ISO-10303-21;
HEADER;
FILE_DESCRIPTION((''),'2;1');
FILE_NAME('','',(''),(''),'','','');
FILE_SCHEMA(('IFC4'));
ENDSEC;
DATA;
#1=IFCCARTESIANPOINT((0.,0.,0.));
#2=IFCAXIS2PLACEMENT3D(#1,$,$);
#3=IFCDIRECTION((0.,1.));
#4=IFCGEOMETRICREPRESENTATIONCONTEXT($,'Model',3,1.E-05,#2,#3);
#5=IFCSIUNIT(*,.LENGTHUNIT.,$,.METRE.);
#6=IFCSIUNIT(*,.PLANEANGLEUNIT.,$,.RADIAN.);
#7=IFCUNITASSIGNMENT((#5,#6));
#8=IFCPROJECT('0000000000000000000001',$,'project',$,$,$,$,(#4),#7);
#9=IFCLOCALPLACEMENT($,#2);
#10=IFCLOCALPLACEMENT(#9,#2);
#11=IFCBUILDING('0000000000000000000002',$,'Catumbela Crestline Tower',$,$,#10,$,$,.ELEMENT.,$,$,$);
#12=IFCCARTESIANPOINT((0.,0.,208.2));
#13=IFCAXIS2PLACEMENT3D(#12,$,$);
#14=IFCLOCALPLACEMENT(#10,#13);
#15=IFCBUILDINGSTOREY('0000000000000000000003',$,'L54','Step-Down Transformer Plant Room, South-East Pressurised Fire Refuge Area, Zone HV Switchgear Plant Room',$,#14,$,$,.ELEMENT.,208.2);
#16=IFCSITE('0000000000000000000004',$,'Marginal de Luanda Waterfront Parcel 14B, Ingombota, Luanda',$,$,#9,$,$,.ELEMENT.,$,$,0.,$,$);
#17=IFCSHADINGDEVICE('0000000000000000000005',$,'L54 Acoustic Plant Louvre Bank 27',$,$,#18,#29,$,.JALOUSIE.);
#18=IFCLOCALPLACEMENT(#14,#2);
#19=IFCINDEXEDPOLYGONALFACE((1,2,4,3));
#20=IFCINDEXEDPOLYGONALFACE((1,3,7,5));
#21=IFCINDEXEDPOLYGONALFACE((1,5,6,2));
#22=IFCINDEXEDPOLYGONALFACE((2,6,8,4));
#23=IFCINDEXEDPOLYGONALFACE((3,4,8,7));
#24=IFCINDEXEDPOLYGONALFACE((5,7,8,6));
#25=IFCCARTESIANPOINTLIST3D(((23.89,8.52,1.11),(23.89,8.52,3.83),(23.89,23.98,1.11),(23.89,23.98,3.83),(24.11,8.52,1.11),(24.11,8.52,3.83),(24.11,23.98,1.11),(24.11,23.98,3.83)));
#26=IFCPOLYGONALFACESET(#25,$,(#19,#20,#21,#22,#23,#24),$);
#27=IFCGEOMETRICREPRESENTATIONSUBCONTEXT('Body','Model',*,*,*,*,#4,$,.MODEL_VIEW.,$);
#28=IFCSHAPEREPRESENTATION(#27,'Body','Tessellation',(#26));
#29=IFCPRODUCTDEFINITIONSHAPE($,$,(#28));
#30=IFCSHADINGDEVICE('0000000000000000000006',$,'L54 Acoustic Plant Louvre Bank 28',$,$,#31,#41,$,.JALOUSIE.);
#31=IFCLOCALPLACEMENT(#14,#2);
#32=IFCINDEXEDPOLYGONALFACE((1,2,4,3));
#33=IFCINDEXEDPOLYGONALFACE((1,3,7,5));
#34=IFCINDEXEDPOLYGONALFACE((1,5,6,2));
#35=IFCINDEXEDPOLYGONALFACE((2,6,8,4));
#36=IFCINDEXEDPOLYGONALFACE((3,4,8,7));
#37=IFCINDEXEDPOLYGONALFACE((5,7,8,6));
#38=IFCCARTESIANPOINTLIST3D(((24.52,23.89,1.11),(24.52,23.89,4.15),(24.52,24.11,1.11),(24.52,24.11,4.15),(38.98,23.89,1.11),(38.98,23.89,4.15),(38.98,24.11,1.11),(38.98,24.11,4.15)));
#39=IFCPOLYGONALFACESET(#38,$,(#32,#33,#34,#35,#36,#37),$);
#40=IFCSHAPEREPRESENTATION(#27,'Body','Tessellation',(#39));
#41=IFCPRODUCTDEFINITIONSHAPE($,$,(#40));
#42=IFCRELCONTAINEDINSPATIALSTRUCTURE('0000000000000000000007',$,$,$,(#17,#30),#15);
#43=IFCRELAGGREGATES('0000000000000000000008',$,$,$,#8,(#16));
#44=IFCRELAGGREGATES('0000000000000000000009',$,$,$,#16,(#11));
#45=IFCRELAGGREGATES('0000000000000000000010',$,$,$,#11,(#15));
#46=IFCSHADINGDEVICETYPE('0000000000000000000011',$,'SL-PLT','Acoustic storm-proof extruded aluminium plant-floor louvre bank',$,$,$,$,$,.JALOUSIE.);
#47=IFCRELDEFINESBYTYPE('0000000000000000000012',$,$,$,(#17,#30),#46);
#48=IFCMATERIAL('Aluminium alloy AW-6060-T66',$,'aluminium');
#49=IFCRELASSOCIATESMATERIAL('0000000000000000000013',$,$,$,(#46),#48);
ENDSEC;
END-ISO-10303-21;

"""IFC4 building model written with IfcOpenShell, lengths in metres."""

from ifc_helpers import new_model, si_unit, direction, frame, origin, origin_2d, place, context, subcontext, project, spatial, rectangle, extrude, material, type_object, element, save


model = new_model("IFC4")

# Units and contexts
model_context = context("Model", 3, precision=1e-05, world=origin(), true_north=direction((0.0, 1.0)))
body_context = subcontext(model_context, "Body", "Model", "MODEL_VIEW")
ifc_project = project(units=[si_unit("LENGTHUNIT", "METRE"), si_unit("PLANEANGLEUNIT", "RADIAN")], contexts=[model_context])

# Site, building, storey
site_placement = place(None, origin())
site = spatial("IfcSite", under=ifc_project, at=site_placement, Name="Marginal de Luanda Waterfront Parcel 14B, Ingombota, Luanda", CompositionType="ELEMENT", RefElevation=0.0)
building_placement = place(site_placement, origin())
building = spatial("IfcBuilding", under=site, at=building_placement, Name="Catumbela Crestline Tower", CompositionType="ELEMENT")
storey_placement = place(building_placement, frame((0.0, 0.0, 208.2)))
storey = spatial("IfcBuildingStorey", under=building, at=storey_placement, Name="L54", Description="Step-Down Transformer Plant Room, South-East Pressurised Fire Refuge Area, Zone HV Switchgear Plant Room", CompositionType="ELEMENT", Elevation=208.2)

# Shading devices
ifc_material_1 = material(Name="Aluminium alloy AW-6060-T66", Category="aluminium")
shading_device_type = type_object("IfcShadingDeviceType", Name="SL-PLT", Description="Acoustic storm-proof extruded aluminium plant-floor louvre bank", PredefinedType="JALOUSIE", material=ifc_material_1)
shading_device_1_placement = place(storey_placement, frame((24.0, 16.25, 1.11), z_axis=(0.0, 0.0, 1.0), x_axis=(0.0, 1.0, 0.0)))
element("IfcShadingDevice", 1, at=shading_device_1_placement, inside=storey, type_object=shading_device_type, Name="L54 Acoustic Plant Louvre Bank 27", PredefinedType="JALOUSIE", context=body_context, shape_type="SweptSolid", body=[
    extrude(rectangle(XDim=15.46, YDim=0.22, at=origin_2d()), origin(), (0.0, 0.0, 1.0), 2.72),
])
shading_device_2_placement = place(storey_placement, frame((31.75, 24.0, 1.11), z_axis=(0.0, 0.0, 1.0), x_axis=(1.0, 0.0, 0.0)))
element("IfcShadingDevice", 2, at=shading_device_2_placement, inside=storey, type_object=shading_device_type, Name="L54 Acoustic Plant Louvre Bank 28", PredefinedType="JALOUSIE", context=body_context, shape_type="SweptSolid", body=[
    extrude(rectangle(XDim=14.46, YDim=0.22, at=origin_2d()), origin(), (0.0, 0.0, 1.0), 3.04),
])

save(model, "model.ifc")
